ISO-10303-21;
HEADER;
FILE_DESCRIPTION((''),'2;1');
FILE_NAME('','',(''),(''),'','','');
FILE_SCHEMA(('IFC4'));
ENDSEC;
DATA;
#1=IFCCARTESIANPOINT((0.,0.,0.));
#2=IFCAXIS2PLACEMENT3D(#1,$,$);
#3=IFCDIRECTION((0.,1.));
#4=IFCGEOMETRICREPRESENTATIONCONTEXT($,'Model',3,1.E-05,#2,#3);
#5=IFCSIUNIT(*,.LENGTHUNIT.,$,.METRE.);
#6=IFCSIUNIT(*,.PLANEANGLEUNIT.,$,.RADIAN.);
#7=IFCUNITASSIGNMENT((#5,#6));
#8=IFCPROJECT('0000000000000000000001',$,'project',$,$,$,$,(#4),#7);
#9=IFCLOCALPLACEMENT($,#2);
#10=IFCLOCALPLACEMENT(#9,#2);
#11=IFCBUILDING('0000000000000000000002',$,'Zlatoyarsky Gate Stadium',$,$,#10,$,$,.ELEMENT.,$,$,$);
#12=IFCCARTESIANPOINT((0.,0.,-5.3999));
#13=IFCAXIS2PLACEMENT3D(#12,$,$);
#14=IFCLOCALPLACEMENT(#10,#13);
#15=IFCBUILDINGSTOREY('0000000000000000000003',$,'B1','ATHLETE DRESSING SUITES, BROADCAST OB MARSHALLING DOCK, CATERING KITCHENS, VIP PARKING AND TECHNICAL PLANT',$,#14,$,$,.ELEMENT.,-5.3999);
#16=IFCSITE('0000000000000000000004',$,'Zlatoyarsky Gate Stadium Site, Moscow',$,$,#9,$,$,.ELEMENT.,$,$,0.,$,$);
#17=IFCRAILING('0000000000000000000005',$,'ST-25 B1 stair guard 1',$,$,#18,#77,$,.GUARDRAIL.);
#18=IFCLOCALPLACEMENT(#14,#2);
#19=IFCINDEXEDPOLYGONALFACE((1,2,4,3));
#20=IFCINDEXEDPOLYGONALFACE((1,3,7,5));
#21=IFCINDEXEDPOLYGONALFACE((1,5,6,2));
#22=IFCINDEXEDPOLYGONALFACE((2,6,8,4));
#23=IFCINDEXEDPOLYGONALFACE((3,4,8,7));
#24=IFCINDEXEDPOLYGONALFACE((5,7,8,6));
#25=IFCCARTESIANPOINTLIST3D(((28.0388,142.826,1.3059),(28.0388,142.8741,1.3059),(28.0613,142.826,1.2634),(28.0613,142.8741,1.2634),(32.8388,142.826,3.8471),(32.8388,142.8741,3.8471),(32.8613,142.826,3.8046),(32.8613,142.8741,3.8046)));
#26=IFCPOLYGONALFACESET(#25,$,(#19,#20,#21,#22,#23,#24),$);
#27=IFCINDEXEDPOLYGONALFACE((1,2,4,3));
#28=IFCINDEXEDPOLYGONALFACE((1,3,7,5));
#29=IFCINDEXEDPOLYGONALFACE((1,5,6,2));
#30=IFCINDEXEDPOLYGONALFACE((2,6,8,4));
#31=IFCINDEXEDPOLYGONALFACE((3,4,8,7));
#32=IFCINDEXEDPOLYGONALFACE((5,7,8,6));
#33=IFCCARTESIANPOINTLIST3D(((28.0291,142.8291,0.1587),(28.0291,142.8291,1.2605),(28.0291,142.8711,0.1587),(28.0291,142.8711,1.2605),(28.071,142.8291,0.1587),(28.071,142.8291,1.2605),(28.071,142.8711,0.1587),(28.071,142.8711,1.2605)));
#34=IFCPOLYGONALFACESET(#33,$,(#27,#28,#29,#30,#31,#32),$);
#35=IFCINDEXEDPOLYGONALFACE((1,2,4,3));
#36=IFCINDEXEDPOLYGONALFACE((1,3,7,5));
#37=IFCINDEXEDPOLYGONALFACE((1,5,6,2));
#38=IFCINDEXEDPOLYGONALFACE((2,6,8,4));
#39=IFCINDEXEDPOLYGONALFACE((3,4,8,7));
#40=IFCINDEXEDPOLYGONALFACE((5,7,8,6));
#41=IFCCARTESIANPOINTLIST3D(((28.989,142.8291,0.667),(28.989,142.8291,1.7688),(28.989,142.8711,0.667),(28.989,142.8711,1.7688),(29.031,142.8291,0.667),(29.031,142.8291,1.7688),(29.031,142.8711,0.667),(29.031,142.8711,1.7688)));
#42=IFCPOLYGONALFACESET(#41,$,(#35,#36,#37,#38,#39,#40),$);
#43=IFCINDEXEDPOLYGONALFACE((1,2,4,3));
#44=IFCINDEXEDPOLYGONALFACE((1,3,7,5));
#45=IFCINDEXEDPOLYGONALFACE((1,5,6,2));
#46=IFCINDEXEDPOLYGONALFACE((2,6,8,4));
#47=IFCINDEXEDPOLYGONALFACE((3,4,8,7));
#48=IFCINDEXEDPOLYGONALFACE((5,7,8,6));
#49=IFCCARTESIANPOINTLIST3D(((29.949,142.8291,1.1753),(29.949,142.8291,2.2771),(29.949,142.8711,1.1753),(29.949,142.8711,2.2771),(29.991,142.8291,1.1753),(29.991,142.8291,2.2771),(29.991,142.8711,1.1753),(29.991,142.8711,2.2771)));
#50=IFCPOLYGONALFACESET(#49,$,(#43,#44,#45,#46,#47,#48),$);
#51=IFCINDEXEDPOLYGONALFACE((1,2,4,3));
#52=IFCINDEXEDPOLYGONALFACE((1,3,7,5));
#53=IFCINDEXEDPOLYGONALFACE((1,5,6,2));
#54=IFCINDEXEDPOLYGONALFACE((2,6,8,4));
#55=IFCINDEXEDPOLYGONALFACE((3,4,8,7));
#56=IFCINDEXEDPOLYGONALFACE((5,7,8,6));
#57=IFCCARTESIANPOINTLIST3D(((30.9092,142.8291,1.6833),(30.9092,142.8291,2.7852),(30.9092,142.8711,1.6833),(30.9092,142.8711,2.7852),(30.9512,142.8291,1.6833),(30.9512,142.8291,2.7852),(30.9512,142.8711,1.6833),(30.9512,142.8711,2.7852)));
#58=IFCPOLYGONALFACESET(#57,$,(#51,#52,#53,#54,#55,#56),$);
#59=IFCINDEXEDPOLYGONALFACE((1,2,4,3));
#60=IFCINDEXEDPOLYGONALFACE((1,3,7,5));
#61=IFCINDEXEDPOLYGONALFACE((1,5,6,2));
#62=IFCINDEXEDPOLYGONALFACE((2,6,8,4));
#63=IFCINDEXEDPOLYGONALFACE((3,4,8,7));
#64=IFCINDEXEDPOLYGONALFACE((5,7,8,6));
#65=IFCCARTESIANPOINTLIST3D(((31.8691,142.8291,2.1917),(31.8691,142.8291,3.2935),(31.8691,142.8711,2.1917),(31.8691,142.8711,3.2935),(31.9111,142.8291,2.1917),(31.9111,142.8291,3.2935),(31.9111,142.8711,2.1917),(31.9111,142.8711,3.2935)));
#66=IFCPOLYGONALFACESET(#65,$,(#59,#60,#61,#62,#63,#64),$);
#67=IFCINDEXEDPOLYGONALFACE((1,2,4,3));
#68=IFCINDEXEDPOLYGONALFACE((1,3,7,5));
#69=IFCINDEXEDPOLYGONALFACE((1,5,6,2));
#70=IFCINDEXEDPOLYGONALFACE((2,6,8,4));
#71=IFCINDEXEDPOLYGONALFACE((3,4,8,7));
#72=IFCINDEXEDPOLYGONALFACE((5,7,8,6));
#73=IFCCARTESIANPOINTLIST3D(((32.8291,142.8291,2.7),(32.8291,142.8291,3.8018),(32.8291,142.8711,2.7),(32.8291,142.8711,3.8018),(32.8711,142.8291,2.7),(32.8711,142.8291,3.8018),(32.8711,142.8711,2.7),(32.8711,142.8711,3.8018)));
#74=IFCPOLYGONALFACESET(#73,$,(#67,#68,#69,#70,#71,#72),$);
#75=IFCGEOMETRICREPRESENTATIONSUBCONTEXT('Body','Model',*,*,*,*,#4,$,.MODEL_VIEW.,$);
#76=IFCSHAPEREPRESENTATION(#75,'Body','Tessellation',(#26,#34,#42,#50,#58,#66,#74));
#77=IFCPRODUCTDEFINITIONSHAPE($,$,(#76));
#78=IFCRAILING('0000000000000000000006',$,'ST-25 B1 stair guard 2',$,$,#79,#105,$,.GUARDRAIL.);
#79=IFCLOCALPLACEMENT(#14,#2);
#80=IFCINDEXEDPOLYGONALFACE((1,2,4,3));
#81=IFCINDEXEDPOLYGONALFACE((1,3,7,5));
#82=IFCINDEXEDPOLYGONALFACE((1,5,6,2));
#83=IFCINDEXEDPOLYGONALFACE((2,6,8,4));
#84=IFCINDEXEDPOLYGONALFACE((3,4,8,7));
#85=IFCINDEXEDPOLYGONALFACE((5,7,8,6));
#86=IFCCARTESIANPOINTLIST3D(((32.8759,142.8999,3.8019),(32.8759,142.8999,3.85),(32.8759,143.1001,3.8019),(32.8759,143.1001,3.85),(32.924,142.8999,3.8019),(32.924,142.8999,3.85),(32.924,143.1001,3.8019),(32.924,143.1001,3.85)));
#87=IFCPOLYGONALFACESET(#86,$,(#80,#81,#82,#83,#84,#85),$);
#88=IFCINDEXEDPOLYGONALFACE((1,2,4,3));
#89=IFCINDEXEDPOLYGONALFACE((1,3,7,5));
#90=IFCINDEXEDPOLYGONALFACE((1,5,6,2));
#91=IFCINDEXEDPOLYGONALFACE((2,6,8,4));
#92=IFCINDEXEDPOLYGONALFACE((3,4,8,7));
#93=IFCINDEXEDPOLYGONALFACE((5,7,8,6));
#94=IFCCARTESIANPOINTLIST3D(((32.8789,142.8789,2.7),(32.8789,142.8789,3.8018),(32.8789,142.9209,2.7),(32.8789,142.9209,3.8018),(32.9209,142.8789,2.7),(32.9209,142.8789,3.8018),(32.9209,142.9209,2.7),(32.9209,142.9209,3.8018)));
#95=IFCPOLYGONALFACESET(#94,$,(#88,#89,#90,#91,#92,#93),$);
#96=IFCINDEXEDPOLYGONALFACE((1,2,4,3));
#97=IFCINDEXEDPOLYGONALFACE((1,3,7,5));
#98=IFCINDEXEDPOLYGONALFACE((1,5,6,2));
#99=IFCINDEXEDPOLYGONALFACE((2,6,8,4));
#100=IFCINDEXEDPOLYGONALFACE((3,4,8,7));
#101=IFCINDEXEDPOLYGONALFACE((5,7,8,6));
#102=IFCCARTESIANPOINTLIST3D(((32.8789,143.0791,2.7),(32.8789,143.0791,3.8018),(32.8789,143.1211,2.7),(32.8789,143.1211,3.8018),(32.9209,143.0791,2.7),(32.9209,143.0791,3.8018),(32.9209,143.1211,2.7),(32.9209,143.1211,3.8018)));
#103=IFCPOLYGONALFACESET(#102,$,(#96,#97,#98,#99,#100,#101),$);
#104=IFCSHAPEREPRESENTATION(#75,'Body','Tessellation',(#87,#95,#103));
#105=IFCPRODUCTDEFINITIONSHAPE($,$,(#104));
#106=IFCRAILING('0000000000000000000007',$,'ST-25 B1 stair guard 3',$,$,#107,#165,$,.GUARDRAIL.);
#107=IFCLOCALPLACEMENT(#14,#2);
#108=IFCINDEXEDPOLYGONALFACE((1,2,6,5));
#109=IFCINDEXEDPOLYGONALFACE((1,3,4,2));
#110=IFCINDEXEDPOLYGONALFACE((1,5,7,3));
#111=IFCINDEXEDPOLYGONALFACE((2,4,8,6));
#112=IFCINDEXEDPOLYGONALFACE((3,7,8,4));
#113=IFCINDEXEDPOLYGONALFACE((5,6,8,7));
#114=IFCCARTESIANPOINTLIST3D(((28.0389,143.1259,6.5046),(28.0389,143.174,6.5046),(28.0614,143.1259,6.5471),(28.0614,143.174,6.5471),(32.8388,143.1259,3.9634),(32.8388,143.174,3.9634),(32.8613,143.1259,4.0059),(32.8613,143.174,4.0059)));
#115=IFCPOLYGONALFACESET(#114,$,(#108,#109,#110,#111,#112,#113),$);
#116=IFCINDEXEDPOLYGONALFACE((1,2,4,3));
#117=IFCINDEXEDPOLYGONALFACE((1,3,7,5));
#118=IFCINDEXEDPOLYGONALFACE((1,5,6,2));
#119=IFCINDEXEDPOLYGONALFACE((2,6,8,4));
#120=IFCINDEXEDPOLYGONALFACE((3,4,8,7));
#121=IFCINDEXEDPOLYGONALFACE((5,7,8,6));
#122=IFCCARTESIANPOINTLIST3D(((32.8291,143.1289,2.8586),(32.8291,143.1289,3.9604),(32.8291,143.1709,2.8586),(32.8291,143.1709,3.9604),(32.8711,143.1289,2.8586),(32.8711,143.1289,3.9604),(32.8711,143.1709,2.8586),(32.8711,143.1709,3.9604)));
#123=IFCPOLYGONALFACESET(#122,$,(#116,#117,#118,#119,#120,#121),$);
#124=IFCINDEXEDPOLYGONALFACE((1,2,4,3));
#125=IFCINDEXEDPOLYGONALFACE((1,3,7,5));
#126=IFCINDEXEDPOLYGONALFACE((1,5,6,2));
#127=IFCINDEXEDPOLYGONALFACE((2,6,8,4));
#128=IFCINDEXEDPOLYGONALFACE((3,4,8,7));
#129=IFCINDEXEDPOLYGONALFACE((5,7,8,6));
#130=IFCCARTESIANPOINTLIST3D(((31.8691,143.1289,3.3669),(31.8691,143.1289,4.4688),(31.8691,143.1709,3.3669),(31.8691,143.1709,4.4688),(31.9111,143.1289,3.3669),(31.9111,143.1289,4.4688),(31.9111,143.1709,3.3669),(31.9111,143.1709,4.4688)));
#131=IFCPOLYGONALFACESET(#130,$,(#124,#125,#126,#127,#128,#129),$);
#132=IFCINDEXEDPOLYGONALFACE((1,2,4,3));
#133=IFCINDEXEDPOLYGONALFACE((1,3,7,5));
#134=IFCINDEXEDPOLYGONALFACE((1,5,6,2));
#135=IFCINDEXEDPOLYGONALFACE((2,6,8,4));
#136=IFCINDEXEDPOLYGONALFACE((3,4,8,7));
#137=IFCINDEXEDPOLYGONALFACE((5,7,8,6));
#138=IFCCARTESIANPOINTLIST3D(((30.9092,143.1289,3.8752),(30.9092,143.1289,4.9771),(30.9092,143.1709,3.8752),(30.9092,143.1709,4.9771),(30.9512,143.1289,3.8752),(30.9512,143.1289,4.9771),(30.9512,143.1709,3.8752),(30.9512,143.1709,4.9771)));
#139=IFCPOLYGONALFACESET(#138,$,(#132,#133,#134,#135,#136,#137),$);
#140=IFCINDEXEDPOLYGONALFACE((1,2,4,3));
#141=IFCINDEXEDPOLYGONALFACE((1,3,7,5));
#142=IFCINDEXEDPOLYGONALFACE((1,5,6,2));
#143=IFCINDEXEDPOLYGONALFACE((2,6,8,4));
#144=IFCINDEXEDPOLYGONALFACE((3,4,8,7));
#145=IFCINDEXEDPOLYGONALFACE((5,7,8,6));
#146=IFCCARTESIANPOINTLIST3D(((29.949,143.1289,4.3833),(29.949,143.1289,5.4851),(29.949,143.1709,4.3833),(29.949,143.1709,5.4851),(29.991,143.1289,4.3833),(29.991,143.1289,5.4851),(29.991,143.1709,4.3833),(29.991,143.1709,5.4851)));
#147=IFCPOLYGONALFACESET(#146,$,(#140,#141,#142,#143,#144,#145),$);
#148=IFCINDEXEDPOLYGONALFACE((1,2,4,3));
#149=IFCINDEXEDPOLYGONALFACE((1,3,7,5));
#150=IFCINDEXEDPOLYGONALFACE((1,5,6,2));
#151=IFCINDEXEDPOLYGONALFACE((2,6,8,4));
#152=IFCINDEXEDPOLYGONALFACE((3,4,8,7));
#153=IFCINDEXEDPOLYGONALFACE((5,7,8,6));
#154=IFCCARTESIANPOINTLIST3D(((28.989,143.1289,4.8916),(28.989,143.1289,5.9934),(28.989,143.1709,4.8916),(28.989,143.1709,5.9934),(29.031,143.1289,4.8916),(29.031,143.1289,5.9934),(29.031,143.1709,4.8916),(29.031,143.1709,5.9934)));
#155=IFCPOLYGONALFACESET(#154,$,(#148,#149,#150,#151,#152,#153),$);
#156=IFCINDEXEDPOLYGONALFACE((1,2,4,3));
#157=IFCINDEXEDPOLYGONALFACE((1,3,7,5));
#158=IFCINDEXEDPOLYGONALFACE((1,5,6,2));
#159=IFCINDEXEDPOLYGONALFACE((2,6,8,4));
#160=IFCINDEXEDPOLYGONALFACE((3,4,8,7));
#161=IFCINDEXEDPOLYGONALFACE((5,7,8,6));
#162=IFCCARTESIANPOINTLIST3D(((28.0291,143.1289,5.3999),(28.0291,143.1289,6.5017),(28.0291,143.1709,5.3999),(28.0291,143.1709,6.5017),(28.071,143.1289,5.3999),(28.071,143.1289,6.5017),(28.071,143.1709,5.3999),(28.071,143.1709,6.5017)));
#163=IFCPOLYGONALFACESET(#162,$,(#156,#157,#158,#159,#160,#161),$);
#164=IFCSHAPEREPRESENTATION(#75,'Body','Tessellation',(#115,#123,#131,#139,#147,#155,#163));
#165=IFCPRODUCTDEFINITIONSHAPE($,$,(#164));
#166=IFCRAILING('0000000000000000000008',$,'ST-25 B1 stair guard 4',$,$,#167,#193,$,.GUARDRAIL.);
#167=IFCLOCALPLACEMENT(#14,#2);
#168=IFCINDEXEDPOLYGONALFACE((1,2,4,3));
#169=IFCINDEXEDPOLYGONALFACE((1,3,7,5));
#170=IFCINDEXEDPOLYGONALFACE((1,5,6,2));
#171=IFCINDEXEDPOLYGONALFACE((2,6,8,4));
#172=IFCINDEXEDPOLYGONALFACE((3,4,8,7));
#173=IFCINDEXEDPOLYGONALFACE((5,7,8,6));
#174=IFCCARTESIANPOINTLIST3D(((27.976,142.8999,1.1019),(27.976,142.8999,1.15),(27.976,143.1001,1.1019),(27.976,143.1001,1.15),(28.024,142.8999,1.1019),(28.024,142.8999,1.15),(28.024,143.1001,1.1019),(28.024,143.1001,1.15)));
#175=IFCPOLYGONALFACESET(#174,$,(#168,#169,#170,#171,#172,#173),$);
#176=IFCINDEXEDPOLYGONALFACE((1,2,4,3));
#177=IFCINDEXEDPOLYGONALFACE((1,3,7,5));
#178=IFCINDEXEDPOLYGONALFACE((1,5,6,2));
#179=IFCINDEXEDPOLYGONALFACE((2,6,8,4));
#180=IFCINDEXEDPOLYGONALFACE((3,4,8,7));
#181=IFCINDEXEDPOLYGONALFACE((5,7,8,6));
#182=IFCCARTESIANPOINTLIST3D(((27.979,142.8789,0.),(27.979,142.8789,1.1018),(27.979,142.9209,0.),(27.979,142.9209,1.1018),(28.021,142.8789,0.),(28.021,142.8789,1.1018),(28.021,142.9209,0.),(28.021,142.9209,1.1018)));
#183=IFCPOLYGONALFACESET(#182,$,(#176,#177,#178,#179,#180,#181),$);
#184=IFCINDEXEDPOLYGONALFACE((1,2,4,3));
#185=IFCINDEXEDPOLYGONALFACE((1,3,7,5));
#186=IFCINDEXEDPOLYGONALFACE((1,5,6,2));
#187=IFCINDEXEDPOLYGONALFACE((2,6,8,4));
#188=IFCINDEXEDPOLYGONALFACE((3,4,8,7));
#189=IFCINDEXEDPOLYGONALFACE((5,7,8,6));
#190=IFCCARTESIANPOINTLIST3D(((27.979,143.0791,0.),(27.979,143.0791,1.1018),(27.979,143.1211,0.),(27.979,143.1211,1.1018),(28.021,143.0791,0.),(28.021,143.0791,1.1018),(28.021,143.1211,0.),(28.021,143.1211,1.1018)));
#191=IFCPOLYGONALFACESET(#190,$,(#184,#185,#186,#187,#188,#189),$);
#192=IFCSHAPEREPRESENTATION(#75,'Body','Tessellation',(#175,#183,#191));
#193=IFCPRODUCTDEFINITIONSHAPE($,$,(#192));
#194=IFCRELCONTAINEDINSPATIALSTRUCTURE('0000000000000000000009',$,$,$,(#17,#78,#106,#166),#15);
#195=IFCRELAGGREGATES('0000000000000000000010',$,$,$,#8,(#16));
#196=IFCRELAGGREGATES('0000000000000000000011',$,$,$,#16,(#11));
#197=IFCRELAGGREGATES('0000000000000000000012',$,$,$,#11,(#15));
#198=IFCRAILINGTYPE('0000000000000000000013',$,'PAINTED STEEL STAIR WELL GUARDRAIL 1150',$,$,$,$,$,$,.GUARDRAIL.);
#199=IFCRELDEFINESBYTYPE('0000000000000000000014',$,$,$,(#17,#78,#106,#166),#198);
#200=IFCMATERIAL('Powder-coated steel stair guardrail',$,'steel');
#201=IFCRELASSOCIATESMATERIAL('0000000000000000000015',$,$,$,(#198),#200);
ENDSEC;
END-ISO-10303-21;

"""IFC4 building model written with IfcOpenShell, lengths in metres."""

from ifc_helpers import new_model, si_unit, direction, frame, origin, origin_2d, place, context, subcontext, project, spatial, rectangle, extrude, material, type_object, element, save


model = new_model("IFC4")

# Units and contexts
model_context = context("Model", 3, precision=1e-05, world=origin(), true_north=direction((0.0, 1.0)))
body_context = subcontext(model_context, "Body", "Model", "MODEL_VIEW")
ifc_project = project(units=[si_unit("LENGTHUNIT", "METRE"), si_unit("PLANEANGLEUNIT", "RADIAN")], contexts=[model_context])

# Site, building, storey
site_placement = place(None, origin())
site = spatial("IfcSite", under=ifc_project, at=site_placement, Name="Zlatoyarsky Gate Stadium Site, Moscow", CompositionType="ELEMENT", RefElevation=0.0)
building_placement = place(site_placement, origin())
building = spatial("IfcBuilding", under=site, at=building_placement, Name="Zlatoyarsky Gate Stadium", CompositionType="ELEMENT")
storey_placement = place(building_placement, frame((0.0, 0.0, -5.3999)))
storey = spatial("IfcBuildingStorey", under=building, at=storey_placement, Name="B1", Description="ATHLETE DRESSING SUITES, BROADCAST OB MARSHALLING DOCK, CATERING KITCHENS, VIP PARKING AND TECHNICAL PLANT", CompositionType="ELEMENT", Elevation=-5.3999)

# Railings
ifc_material_1 = material(Name="Powder-coated steel stair guardrail", Category="steel")
railing_type_1 = type_object("IfcRailingType", Name="PAINTED STEEL STAIR WELL GUARDRAIL 1150", PredefinedType="GUARDRAIL", material=ifc_material_1)
railing_1_placement = place(storey_placement, frame((28.05, 142.8501, 0.1587)))
element("IfcRailing", 1, at=railing_1_placement, inside=storey, type_object=railing_type_1, Name="ST-25 B1 stair guard 1", PredefinedType="GUARDRAIL", context=body_context, shape_type="SweptSolid", body=[
    extrude(rectangle(XDim=0.0481, YDim=0.0481, at=origin_2d()), frame((0.0, 0.0, 1.126), z_axis=(0.883784, 0.0, 0.467896), x_axis=(0.0, 1.0, 0.0)), (0.0, 0.0, 1.0), 5.4312),
    extrude(rectangle(XDim=0.042, YDim=0.042, at=origin_2d()), origin(), (0.0, 0.0, 1.0), 1.1018),
    extrude(rectangle(XDim=0.042, YDim=0.042, at=origin_2d()), frame((0.96, 0.0, 0.5083)), (0.0, 0.0, 1.0), 1.1018),
    extrude(rectangle(XDim=0.042, YDim=0.042, at=origin_2d()), frame((1.9199, 0.0, 1.0166)), (0.0, 0.0, 1.0), 1.1018),
    extrude(rectangle(XDim=0.042, YDim=0.042, at=origin_2d()), frame((2.8801, 0.0, 1.5247)), (0.0, 0.0, 1.0), 1.1018),
    extrude(rectangle(XDim=0.042, YDim=0.042, at=origin_2d()), frame((3.8401, 0.0, 2.033)), (0.0, 0.0, 1.0), 1.1018),
    extrude(rectangle(XDim=0.042, YDim=0.042, at=origin_2d()), frame((4.8, 0.0, 2.5413)), (0.0, 0.0, 1.0), 1.1018),
])
railing_2_placement = place(storey_placement, frame((32.8999, 142.8999, 2.7)))
element("IfcRailing", 2, at=railing_2_placement, inside=storey, type_object=railing_type_1, Name="ST-25 B1 stair guard 2", PredefinedType="GUARDRAIL", context=body_context, shape_type="SweptSolid", body=[
    extrude(rectangle(XDim=0.0481, YDim=0.0481, at=origin_2d()), frame((0.0, 0.0, 1.126), z_axis=(0.0, 1.0, 0.0), x_axis=(-1.0, 0.0, 0.0)), (0.0, 0.0, 1.0), 0.2002),
    extrude(rectangle(XDim=0.042, YDim=0.042, at=origin_2d()), origin(), (0.0, 0.0, 1.0), 1.1018),
    extrude(rectangle(XDim=0.042, YDim=0.042, at=origin_2d()), frame((0.0, 0.2002, 0.0)), (0.0, 0.0, 1.0), 1.1018),
])
railing_3_placement = place(storey_placement, frame((32.8501, 143.1499, 2.8586)))
element("IfcRailing", 3, at=railing_3_placement, inside=storey, type_object=railing_type_1, Name="ST-25 B1 stair guard 3", PredefinedType="GUARDRAIL", context=body_context, shape_type="SweptSolid", body=[
    extrude(rectangle(XDim=0.0481, YDim=0.0481, at=origin_2d()), frame((0.0, 0.0, 1.126), z_axis=(-0.883784, 0.0, 0.467896), x_axis=(0.0, -1.0, 0.0)), (0.0, 0.0, 1.0), 5.4312),
    extrude(rectangle(XDim=0.042, YDim=0.042, at=origin_2d()), origin(), (0.0, 0.0, 1.0), 1.1018),
    extrude(rectangle(XDim=0.042, YDim=0.042, at=origin_2d()), frame((-0.96, 0.0, 0.5083)), (0.0, 0.0, 1.0), 1.1018),
    extrude(rectangle(XDim=0.042, YDim=0.042, at=origin_2d()), frame((-1.9199, 0.0, 1.0166)), (0.0, 0.0, 1.0), 1.1018),
    extrude(rectangle(XDim=0.042, YDim=0.042, at=origin_2d()), frame((-2.8801, 0.0, 1.5247)), (0.0, 0.0, 1.0), 1.1018),
    extrude(rectangle(XDim=0.042, YDim=0.042, at=origin_2d()), frame((-3.8401, 0.0, 2.033)), (0.0, 0.0, 1.0), 1.1018),
    extrude(rectangle(XDim=0.042, YDim=0.042, at=origin_2d()), frame((-4.8, 0.0, 2.5413)), (0.0, 0.0, 1.0), 1.1018),
])
railing_4_placement = place(storey_placement, frame((28.0, 142.8999, 0.0)))
element("IfcRailing", 4, at=railing_4_placement, inside=storey, type_object=railing_type_1, Name="ST-25 B1 stair guard 4", PredefinedType="GUARDRAIL", context=body_context, shape_type="SweptSolid", body=[
    extrude(rectangle(XDim=0.0481, YDim=0.0481, at=origin_2d()), frame((0.0, 0.0, 1.126), z_axis=(0.0, 1.0, 0.0), x_axis=(-1.0, 0.0, 0.0)), (0.0, 0.0, 1.0), 0.2002),
    extrude(rectangle(XDim=0.042, YDim=0.042, at=origin_2d()), origin(), (0.0, 0.0, 1.0), 1.1018),
    extrude(rectangle(XDim=0.042, YDim=0.042, at=origin_2d()), frame((0.0, 0.2002, 0.0)), (0.0, 0.0, 1.0), 1.1018),
])

save(model, "model.ifc")
